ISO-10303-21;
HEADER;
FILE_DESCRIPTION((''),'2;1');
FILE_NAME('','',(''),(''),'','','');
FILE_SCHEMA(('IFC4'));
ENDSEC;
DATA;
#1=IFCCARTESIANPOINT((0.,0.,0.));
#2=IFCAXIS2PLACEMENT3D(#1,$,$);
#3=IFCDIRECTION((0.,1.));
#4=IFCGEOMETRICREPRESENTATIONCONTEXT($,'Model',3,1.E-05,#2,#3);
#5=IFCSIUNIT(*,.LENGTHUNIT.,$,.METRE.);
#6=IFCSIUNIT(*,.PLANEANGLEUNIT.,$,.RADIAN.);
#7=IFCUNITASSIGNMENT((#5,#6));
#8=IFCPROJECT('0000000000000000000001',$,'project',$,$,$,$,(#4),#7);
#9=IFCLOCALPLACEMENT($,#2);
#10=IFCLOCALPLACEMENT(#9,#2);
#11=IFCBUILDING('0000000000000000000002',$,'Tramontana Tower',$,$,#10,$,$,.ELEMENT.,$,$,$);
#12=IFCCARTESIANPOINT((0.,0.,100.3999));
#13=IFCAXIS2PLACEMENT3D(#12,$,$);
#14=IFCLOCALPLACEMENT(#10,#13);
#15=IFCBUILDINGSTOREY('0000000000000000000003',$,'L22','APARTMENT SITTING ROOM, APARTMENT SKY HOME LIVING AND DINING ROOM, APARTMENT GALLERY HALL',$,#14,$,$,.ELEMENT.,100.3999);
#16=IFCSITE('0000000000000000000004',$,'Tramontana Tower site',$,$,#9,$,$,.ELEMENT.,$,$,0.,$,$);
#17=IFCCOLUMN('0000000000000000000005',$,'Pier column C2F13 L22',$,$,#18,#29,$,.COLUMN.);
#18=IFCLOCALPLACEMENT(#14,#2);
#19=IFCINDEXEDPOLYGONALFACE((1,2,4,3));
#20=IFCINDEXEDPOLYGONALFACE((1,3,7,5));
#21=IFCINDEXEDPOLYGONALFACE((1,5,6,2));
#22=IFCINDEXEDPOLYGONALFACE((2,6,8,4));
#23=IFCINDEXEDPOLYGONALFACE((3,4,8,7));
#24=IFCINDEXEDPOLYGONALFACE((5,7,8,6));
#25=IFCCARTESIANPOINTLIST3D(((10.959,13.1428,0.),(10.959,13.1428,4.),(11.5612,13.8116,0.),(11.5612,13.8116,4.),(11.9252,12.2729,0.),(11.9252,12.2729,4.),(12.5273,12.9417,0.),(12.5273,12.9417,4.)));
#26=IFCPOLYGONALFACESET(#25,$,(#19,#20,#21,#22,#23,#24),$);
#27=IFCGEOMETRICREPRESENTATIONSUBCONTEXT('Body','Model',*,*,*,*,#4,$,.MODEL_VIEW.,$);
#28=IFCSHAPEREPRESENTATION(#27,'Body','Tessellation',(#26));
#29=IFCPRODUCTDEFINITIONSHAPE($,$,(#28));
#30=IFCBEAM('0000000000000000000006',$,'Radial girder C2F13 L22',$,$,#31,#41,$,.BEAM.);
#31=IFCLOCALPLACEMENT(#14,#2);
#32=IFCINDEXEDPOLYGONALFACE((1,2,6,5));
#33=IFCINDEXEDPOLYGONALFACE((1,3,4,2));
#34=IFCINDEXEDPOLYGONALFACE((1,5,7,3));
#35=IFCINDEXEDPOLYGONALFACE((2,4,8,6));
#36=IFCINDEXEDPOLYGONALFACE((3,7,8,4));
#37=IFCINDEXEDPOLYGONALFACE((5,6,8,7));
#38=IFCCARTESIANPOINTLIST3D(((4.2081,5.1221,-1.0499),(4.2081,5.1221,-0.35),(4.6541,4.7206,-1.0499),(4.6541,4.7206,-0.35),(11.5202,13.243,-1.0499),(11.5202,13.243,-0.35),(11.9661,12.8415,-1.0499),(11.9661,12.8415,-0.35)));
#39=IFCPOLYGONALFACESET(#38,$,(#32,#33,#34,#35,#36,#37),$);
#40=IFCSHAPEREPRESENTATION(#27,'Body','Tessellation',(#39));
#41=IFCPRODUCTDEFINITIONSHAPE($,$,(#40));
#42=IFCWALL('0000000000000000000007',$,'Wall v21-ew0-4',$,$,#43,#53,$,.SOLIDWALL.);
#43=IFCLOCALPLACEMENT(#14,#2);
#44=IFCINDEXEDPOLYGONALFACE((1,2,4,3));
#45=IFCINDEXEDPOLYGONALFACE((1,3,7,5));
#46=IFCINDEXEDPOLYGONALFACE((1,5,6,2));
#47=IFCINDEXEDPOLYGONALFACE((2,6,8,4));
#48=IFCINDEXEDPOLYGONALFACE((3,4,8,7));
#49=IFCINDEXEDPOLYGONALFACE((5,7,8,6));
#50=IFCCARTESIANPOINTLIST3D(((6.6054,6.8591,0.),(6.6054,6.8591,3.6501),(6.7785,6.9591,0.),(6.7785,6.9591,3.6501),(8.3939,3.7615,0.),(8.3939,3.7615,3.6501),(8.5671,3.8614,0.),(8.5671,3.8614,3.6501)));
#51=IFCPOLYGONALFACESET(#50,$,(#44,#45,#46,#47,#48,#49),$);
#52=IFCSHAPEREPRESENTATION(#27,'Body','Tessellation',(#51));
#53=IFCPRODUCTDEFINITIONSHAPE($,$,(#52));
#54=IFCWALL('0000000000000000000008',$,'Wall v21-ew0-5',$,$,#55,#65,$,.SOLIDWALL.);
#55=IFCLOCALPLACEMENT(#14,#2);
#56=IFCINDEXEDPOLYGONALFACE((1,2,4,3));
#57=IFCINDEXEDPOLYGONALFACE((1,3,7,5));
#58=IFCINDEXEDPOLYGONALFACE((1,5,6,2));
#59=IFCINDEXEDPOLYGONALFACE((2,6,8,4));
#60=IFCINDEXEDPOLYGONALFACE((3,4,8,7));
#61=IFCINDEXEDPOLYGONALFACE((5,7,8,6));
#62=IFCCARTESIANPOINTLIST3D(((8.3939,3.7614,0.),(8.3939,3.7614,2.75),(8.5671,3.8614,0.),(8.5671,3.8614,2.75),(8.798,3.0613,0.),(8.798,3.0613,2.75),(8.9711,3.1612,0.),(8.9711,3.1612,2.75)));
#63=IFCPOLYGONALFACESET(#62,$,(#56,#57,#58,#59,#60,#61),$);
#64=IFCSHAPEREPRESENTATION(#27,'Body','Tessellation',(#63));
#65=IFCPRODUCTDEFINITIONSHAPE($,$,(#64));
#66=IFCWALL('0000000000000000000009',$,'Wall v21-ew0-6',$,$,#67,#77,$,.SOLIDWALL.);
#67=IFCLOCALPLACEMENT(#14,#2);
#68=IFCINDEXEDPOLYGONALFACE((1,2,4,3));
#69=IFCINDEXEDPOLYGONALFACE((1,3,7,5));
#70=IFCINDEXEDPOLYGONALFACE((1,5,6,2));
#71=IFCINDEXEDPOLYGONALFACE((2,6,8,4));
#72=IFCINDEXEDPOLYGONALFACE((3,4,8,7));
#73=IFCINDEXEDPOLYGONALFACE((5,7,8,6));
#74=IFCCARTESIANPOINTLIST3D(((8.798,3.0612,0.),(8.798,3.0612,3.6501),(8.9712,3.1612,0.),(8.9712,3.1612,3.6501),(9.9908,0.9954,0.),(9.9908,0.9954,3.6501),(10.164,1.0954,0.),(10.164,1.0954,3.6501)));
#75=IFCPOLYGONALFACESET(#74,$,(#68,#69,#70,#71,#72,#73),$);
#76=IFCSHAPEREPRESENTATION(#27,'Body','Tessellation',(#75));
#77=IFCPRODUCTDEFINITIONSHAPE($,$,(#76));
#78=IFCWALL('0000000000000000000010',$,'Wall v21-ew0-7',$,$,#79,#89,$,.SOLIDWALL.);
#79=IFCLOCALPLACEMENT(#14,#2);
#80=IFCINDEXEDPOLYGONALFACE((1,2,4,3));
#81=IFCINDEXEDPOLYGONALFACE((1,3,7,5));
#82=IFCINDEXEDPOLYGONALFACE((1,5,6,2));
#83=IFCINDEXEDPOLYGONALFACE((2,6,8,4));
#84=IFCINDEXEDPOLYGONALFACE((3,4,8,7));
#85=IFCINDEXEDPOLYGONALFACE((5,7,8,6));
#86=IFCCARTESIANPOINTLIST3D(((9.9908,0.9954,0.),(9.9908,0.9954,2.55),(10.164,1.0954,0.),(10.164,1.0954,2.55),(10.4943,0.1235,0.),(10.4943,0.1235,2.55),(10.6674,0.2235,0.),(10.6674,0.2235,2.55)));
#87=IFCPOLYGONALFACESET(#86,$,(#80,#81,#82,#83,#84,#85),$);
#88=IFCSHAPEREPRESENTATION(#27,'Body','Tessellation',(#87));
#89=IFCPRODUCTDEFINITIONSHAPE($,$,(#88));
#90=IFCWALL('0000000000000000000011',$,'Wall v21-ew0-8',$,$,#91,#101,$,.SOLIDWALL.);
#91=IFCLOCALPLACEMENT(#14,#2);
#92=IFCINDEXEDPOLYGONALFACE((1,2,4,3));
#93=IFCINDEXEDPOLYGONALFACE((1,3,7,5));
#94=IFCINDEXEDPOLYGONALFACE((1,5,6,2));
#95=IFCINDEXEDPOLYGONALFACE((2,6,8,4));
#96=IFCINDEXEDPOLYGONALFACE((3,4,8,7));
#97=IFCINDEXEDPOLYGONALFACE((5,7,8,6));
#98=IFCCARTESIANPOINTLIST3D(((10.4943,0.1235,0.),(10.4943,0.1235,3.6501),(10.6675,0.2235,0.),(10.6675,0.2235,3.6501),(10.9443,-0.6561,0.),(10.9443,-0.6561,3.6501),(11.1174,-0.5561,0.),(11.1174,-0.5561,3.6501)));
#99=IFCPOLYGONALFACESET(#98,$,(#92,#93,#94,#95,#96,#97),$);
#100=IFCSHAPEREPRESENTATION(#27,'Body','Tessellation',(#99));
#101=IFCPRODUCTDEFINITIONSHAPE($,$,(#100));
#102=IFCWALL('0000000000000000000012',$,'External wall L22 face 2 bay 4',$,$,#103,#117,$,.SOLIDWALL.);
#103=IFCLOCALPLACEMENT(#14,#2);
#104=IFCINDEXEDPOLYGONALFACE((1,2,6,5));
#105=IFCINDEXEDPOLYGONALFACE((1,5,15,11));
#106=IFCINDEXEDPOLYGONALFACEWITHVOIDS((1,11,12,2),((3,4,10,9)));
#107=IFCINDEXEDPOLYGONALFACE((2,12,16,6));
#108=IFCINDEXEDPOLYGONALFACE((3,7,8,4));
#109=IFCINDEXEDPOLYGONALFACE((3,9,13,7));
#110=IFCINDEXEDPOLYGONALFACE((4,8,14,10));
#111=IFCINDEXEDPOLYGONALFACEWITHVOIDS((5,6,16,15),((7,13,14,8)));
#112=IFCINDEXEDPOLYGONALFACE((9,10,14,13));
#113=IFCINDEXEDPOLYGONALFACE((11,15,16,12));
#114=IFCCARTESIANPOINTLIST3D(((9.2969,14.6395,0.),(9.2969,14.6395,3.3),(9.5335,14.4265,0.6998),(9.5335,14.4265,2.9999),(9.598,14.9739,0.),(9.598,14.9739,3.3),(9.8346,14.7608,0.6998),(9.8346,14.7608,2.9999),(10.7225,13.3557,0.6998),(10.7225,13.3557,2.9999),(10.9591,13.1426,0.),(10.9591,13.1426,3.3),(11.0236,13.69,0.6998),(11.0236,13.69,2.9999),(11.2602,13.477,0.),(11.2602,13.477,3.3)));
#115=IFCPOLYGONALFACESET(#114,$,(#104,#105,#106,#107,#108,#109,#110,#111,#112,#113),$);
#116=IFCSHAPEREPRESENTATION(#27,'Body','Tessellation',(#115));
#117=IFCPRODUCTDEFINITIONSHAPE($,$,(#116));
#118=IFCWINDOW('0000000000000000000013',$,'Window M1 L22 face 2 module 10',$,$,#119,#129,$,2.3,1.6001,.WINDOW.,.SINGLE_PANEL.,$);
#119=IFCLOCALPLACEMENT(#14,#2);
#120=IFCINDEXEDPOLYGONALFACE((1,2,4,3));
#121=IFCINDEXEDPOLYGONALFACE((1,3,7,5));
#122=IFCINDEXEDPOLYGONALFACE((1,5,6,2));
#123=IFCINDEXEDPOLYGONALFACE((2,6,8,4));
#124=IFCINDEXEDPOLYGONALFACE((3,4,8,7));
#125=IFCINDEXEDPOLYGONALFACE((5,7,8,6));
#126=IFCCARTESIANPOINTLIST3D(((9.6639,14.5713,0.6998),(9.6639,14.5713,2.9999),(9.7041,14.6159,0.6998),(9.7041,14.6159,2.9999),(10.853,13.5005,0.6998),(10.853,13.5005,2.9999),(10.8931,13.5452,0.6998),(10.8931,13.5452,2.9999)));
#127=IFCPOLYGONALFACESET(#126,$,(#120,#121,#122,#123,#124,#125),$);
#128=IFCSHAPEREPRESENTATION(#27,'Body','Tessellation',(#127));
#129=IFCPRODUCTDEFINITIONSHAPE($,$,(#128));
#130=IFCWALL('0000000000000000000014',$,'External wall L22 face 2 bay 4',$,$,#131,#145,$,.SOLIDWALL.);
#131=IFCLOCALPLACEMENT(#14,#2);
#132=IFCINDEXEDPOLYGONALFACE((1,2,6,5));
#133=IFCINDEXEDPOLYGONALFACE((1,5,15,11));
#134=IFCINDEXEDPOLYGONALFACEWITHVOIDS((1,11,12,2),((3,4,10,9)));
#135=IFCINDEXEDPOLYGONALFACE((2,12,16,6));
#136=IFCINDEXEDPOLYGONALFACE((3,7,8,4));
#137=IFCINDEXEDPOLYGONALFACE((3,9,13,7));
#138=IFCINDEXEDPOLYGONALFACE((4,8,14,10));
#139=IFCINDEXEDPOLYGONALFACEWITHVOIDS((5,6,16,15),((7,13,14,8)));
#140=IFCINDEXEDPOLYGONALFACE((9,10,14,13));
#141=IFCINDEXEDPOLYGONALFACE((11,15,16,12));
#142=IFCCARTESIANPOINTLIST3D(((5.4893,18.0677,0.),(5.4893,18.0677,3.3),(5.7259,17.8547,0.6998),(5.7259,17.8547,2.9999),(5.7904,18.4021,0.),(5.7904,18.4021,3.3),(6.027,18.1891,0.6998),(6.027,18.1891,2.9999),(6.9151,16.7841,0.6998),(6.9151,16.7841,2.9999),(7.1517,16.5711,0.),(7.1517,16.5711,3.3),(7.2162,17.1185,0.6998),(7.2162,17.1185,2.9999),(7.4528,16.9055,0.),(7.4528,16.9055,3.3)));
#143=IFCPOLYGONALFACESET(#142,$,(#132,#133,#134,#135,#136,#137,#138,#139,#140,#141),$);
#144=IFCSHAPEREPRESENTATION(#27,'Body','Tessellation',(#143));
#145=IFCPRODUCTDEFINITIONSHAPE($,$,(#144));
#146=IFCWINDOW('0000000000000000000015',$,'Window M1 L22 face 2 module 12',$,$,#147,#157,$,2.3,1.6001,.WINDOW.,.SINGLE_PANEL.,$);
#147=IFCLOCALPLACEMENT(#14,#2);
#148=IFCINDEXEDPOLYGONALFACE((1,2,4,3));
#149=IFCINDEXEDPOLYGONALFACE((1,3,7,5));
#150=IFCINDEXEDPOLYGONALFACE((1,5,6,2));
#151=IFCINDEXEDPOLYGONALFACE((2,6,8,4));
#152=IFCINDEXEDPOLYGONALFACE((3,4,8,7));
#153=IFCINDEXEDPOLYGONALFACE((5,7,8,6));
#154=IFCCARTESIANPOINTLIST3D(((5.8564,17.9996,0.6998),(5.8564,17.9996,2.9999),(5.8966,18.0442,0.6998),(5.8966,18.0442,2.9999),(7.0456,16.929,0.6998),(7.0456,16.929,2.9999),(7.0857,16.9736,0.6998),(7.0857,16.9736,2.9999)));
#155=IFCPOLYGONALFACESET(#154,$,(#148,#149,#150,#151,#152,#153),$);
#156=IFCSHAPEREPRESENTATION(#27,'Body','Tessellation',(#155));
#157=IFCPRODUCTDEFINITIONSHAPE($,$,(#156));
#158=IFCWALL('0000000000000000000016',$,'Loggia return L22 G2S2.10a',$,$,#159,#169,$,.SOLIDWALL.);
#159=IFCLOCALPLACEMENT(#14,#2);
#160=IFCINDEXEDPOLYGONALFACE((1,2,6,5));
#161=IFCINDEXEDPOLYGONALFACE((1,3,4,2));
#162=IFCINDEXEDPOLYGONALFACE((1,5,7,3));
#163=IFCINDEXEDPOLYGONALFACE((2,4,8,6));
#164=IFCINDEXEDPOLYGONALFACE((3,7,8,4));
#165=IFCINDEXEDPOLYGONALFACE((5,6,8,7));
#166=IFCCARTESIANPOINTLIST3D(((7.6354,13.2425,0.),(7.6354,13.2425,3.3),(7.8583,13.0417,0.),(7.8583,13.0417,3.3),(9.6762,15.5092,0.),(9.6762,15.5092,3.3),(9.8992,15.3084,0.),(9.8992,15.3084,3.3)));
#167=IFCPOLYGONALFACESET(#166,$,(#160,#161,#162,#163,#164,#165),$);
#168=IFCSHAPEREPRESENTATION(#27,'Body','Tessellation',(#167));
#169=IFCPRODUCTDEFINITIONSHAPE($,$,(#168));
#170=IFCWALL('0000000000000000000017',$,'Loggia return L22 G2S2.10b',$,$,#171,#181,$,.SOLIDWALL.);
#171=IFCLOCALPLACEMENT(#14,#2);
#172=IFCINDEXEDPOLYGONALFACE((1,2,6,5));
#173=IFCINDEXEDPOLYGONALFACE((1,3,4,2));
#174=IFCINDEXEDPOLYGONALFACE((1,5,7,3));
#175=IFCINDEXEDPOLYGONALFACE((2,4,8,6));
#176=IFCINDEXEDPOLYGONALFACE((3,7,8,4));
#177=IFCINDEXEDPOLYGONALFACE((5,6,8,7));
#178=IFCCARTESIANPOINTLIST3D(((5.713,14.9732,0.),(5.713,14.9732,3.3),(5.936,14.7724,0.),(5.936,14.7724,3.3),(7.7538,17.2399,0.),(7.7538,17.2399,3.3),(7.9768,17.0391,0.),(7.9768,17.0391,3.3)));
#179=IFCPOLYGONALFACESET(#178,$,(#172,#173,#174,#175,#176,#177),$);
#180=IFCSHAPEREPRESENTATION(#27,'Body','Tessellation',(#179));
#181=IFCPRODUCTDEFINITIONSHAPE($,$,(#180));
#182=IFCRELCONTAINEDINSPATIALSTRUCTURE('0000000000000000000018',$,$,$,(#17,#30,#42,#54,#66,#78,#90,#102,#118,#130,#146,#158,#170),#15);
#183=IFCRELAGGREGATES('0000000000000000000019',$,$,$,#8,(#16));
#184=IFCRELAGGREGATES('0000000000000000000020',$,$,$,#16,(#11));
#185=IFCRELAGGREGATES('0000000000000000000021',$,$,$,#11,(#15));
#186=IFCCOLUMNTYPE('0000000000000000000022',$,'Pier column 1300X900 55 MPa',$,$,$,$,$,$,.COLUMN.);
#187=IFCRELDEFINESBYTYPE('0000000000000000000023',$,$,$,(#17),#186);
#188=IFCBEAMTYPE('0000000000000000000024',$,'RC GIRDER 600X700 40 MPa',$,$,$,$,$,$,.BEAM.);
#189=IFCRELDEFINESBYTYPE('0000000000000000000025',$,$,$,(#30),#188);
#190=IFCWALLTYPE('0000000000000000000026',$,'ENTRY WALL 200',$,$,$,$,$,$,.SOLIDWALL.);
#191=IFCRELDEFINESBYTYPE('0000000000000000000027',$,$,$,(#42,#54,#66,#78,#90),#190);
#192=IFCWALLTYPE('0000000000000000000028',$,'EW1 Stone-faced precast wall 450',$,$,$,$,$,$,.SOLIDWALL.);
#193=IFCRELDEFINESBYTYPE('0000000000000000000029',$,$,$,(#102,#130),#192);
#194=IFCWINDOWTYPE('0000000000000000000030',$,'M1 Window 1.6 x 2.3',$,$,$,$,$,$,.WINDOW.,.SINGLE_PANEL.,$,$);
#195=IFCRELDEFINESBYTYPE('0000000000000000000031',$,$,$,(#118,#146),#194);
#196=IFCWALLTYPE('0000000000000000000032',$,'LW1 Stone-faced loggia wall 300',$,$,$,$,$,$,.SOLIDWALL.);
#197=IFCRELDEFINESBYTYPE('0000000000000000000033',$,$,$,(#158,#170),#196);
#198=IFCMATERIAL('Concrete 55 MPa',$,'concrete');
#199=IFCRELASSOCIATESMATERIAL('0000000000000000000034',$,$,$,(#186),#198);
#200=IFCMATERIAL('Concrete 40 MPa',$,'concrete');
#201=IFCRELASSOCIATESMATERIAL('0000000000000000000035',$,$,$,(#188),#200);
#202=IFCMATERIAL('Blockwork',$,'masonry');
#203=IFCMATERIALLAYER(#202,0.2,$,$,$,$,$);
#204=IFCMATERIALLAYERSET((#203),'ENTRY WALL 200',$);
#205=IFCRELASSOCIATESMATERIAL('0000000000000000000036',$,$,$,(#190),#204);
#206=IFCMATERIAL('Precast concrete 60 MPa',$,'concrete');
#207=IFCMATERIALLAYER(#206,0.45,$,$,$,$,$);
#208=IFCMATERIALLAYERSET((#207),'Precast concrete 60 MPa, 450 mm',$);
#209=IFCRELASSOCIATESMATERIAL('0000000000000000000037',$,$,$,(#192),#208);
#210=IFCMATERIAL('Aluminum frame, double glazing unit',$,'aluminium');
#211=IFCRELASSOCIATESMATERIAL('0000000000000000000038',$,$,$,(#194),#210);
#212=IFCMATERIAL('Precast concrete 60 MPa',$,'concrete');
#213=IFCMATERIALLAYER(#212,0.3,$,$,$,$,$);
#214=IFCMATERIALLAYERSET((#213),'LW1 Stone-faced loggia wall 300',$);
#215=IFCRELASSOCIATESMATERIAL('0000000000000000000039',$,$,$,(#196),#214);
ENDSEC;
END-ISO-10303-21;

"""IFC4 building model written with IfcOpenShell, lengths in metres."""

from ifc_helpers import new_model, si_unit, direction, frame, frame_2d, origin, origin_2d, place, context, subcontext, project, spatial, rectangle, extrude, material, layer, layer_set, material_profile, profile_set, type_object, element, fill, save


model = new_model("IFC4")

# Units and contexts
model_context = context("Model", 3, precision=1e-05, world=origin(), true_north=direction((0.0, 1.0)))
body_context = subcontext(model_context, "Body", "Model", "MODEL_VIEW")
ifc_project = project(units=[si_unit("LENGTHUNIT", "METRE"), si_unit("PLANEANGLEUNIT", "RADIAN")], contexts=[model_context])

# Site, building, storey
site_placement = place(None, origin())
site = spatial("IfcSite", under=ifc_project, at=site_placement, Name="Tramontana Tower site", CompositionType="ELEMENT", RefElevation=0.0)
building_placement = place(site_placement, origin())
building = spatial("IfcBuilding", under=site, at=building_placement, Name="Tramontana Tower", CompositionType="ELEMENT")
storey_placement = place(building_placement, frame((0.0, 0.0, 100.3999)))
storey = spatial("IfcBuildingStorey", under=building, at=storey_placement, Name="L22", Description="APARTMENT SITTING ROOM, APARTMENT SKY HOME LIVING AND DINING ROOM, APARTMENT GALLERY HALL", CompositionType="ELEMENT", Elevation=100.3999)

# Column
ifc_material_1 = material(Name="Concrete 55 MPa", Category="concrete")
ifc_material_profile_1 = material_profile(ifc_material_1, rectangle(XDim=1.3, YDim=0.8999, at=origin_2d()), Name="Pier column 1300X900 55 MPa")
ifc_profile_set_1 = profile_set([ifc_material_profile_1], Name="Concrete 55 MPa")
column_type = type_object("IfcColumnType", Name="Pier column 1300X900 55 MPa", PredefinedType="COLUMN", material=ifc_profile_set_1)
column_placement = place(storey_placement, frame((11.7432, 13.0422, 0.0), z_axis=(0.0, 0.0, 1.0), x_axis=(-0.743145, 0.669131, 0.0)))
element("IfcColumn", 1, at=column_placement, inside=storey, type_object=column_type, Name="Pier column C2F13 L22", PredefinedType="COLUMN", context=body_context, shape_type="SweptSolid", body=[
    extrude(rectangle(XDim=1.3, YDim=0.8999, at=origin_2d()), origin(), (0.0, 0.0, 1.0), 4.0),
])

# Beam
ifc_material_2 = material(Name="Concrete 40 MPa", Category="concrete")
ifc_material_profile_2 = material_profile(ifc_material_2, rectangle(XDim=0.6001, YDim=0.7, at=origin_2d()), Name="RC GIRDER 600X700 40 MPa")
ifc_profile_set_2 = profile_set([ifc_material_profile_2], Name="Concrete 40 MPa")
beam_type = type_object("IfcBeamType", Name="RC GIRDER 600X700 40 MPa", PredefinedType="BEAM", material=ifc_profile_set_2)
beam_placement = place(storey_placement, frame((11.7432, 13.0422, -0.7), z_axis=(-0.669129, -0.743146, 0.0), x_axis=(0.743146, -0.669129, 0.0)))
element("IfcBeam", 2, at=beam_placement, inside=storey, type_object=beam_type, Name="Radial girder C2F13 L22", PredefinedType="BEAM", context=body_context, shape_type="SweptSolid", body=[
    extrude(rectangle(XDim=0.6001, YDim=0.7, at=origin_2d()), origin(), (0.0, 0.0, 1.0), 10.9277),
])

# Walls
ifc_material_3 = material(Name="Blockwork", Category="masonry")
ifc_layer_1 = layer(ifc_material_3, 0.2)
ifc_layer_set_1 = layer_set([ifc_layer_1], Name="ENTRY WALL 200")
wall_type_1 = type_object("IfcWallType", Name="ENTRY WALL 200", PredefinedType="SOLIDWALL", material=ifc_layer_set_1)
wall_1_placement = place(storey_placement, frame((6.6919, 6.9092, 0.0), z_axis=(0.0, 0.0, 1.0), x_axis=(0.50003, -0.866008, 0.0)))
element("IfcWall", 3, at=wall_1_placement, inside=storey, type_object=wall_type_1, Name="Wall v21-ew0-4", PredefinedType="SOLIDWALL", context=body_context, shape_type="SweptSolid", body=[
    extrude(rectangle(XDim=3.5769, YDim=0.2, at=frame_2d((1.7886, 0.0))), origin(), (0.0, 0.0, 1.0), 3.6501),
])
wall_2_placement = place(storey_placement, frame((8.4805, 3.8115, 0.0), z_axis=(0.0, 0.0, 1.0), x_axis=(0.49981, -0.866135, 0.0)))
element("IfcWall", 4, at=wall_2_placement, inside=storey, type_object=wall_type_1, Name="Wall v21-ew0-5", PredefinedType="SOLIDWALL", context=body_context, shape_type="SweptSolid", body=[
    extrude(rectangle(XDim=0.8083, YDim=0.2, at=frame_2d((0.4043, 0.0))), origin(), (0.0, 0.0, 1.0), 2.75),
])
wall_3_placement = place(storey_placement, frame((8.8845, 3.1113, 0.0), z_axis=(0.0, 0.0, 1.0), x_axis=(0.500035, -0.866005, 0.0)))
element("IfcWall", 5, at=wall_3_placement, inside=storey, type_object=wall_type_1, Name="Wall v21-ew0-6", PredefinedType="SOLIDWALL", context=body_context, shape_type="SweptSolid", body=[
    extrude(rectangle(XDim=2.3855, YDim=0.2, at=frame_2d((1.1929, 0.0))), origin(), (0.0, 0.0, 1.0), 3.6501),
])
wall_4_placement = place(storey_placement, frame((10.0774, 1.0454, 0.0), z_axis=(0.0, 0.0, 1.0), x_axis=(0.500051, -0.865996, 0.0)))
element("IfcWall", 6, at=wall_4_placement, inside=storey, type_object=wall_type_1, Name="Wall v21-ew0-7", PredefinedType="SOLIDWALL", context=body_context, shape_type="SweptSolid", body=[
    extrude(rectangle(XDim=1.0068, YDim=0.2, at=frame_2d((0.5034, 0.0))), origin(), (0.0, 0.0, 1.0), 2.55),
])
wall_5_placement = place(storey_placement, frame((10.5808, 0.1736, 0.0), z_axis=(0.0, 0.0, 1.0), x_axis=(0.499902, -0.866082, 0.0)))
element("IfcWall", 7, at=wall_5_placement, inside=storey, type_object=wall_type_1, Name="Wall v21-ew0-8", PredefinedType="SOLIDWALL", context=body_context, shape_type="SweptSolid", body=[
    extrude(rectangle(XDim=0.9001, YDim=0.2, at=frame_2d((0.4502, 0.0))), origin(), (0.0, 0.0, 1.0), 3.6501),
])

# Walls, openings, windows
ifc_material_4 = material(Name="Precast concrete 60 MPa", Category="concrete")
ifc_layer_2 = layer(ifc_material_4, 0.45)
ifc_layer_set_2 = layer_set([ifc_layer_2], Name="Precast concrete 60 MPa, 450 mm")
wall_type_2 = type_object("IfcWallType", Name="EW1 Stone-faced precast wall 450", PredefinedType="SOLIDWALL", material=ifc_layer_set_2)
wall_6_placement = place(storey_placement, frame((11.1096, 13.3098, 0.0), z_axis=(0.0, 0.0, 1.0), x_axis=(-0.743088, 0.669194, 0.0)))
wall_6 = element("IfcWall", 8, at=wall_6_placement, inside=storey, type_object=wall_type_2, Name="External wall L22 face 2 bay 4", PredefinedType="SOLIDWALL", context=body_context, shape_type="SweptSolid", body=[
    extrude(rectangle(XDim=2.2368, YDim=0.45, at=frame_2d((1.1184, 0.0))), origin(), (0.0, 0.0, 1.0), 3.3),
])
opening_1_placement = place(wall_6_placement, frame((0.3184, 0.0, 0.7)))
opening_1 = element("IfcOpeningElement", 9, at=opening_1_placement, cuts=wall_6, PredefinedType="OPENING", context=body_context, shape_type="SweptSolid", body=[
    extrude(rectangle(XDim=1.6001, YDim=2.3, at=frame_2d((0.8, 1.1499))), frame((0.0, 0.2349, 0.0), z_axis=(0.0, -1.0, 0.0), x_axis=(1.0, 0.0, 0.0)), (0.0, 0.0, 1.0), 0.47),
])
ifc_material_5 = material(Name="Aluminum frame, double glazing unit", Category="aluminium")
window_type = type_object("IfcWindowType", Name="M1 Window 1.6 x 2.3", PartitioningType="SINGLE_PANEL", PredefinedType="WINDOW", material=ifc_material_5)
window_1_placement = place(opening_1_placement, origin())
window_1 = element("IfcWindow", 10, at=window_1_placement, inside=storey, type_object=window_type, Name="Window M1 L22 face 2 module 10", OverallHeight=2.3, OverallWidth=1.6001, PartitioningType="SINGLE_PANEL", PredefinedType="WINDOW", context=body_context, shape_type="SweptSolid", body=[
    extrude(rectangle(XDim=1.6001, YDim=2.3, at=frame_2d((0.8, 1.1499))), frame((0.0, 0.03, 0.0), z_axis=(0.0, -1.0, 0.0), x_axis=(1.0, 0.0, 0.0)), (0.0, 0.0, 1.0), 0.0601),
])
fill(opening_1, window_1)
wall_7_placement = place(storey_placement, frame((7.3022, 16.7383, 0.0), z_axis=(0.0, 0.0, 1.0), x_axis=(-0.743191, 0.669079, 0.0)))
wall_7 = element("IfcWall", 11, at=wall_7_placement, inside=storey, type_object=wall_type_2, Name="External wall L22 face 2 bay 4", PredefinedType="SOLIDWALL", context=body_context, shape_type="SweptSolid", body=[
    extrude(rectangle(XDim=2.2368, YDim=0.45, at=frame_2d((1.1184, 0.0))), origin(), (0.0, 0.0, 1.0), 3.3),
])
opening_2_placement = place(wall_7_placement, frame((0.3184, 0.0, 0.7)))
opening_2 = element("IfcOpeningElement", 12, at=opening_2_placement, cuts=wall_7, PredefinedType="OPENING", context=body_context, shape_type="SweptSolid", body=[
    extrude(rectangle(XDim=1.6001, YDim=2.3, at=frame_2d((0.8, 1.1499))), frame((0.0, 0.2349, 0.0), z_axis=(0.0, -1.0, 0.0), x_axis=(1.0, 0.0, 0.0)), (0.0, 0.0, 1.0), 0.47),
])
window_2_placement = place(opening_2_placement, origin())
window_2 = element("IfcWindow", 13, at=window_2_placement, inside=storey, type_object=window_type, Name="Window M1 L22 face 2 module 12", OverallHeight=2.3, OverallWidth=1.6001, PartitioningType="SINGLE_PANEL", PredefinedType="WINDOW", context=body_context, shape_type="SweptSolid", body=[
    extrude(rectangle(XDim=1.6001, YDim=2.3, at=frame_2d((0.8, 1.1499))), frame((0.0, 0.03, 0.0), z_axis=(0.0, -1.0, 0.0), x_axis=(1.0, 0.0, 0.0)), (0.0, 0.0, 1.0), 0.0601),
])
fill(opening_2, window_2)

# Shared definitions
ifc_material_6 = material(Name="Precast concrete 60 MPa", Category="concrete")
ifc_layer_3 = layer(ifc_material_6, 0.3)
ifc_layer_set_3 = layer_set([ifc_layer_3], Name="LW1 Stone-faced loggia wall 300")
wall_type_3 = type_object("IfcWallType", Name="LW1 Stone-faced loggia wall 300", PredefinedType="SOLIDWALL", material=ifc_layer_set_3)

# Walls
for number, where, z_axis, x_axis, name in (
    (14, (9.7876, 15.4087, 0.0), (0.0, 0.0, 1.0), (-0.669115, -0.743159, 0.0), "Loggia return L22 G2S2.10a"),
    (15, (7.8652, 17.1394, 0.0), (0.0, 0.0, 1.0), (-0.669115, -0.743159, 0.0), "Loggia return L22 G2S2.10b"),
):
    element("IfcWall", number, at=place(storey_placement, frame(where, z_axis=z_axis, x_axis=x_axis)), inside=storey, type_object=wall_type_3, Name=name, PredefinedType="SOLIDWALL", context=body_context, shape_type="SweptSolid", body=[
        extrude(rectangle(XDim=3.05, YDim=0.3, at=frame_2d((1.5249, 0.0))), origin(), (0.0, 0.0, 1.0), 3.3),
    ])

save(model, "model.ifc")
